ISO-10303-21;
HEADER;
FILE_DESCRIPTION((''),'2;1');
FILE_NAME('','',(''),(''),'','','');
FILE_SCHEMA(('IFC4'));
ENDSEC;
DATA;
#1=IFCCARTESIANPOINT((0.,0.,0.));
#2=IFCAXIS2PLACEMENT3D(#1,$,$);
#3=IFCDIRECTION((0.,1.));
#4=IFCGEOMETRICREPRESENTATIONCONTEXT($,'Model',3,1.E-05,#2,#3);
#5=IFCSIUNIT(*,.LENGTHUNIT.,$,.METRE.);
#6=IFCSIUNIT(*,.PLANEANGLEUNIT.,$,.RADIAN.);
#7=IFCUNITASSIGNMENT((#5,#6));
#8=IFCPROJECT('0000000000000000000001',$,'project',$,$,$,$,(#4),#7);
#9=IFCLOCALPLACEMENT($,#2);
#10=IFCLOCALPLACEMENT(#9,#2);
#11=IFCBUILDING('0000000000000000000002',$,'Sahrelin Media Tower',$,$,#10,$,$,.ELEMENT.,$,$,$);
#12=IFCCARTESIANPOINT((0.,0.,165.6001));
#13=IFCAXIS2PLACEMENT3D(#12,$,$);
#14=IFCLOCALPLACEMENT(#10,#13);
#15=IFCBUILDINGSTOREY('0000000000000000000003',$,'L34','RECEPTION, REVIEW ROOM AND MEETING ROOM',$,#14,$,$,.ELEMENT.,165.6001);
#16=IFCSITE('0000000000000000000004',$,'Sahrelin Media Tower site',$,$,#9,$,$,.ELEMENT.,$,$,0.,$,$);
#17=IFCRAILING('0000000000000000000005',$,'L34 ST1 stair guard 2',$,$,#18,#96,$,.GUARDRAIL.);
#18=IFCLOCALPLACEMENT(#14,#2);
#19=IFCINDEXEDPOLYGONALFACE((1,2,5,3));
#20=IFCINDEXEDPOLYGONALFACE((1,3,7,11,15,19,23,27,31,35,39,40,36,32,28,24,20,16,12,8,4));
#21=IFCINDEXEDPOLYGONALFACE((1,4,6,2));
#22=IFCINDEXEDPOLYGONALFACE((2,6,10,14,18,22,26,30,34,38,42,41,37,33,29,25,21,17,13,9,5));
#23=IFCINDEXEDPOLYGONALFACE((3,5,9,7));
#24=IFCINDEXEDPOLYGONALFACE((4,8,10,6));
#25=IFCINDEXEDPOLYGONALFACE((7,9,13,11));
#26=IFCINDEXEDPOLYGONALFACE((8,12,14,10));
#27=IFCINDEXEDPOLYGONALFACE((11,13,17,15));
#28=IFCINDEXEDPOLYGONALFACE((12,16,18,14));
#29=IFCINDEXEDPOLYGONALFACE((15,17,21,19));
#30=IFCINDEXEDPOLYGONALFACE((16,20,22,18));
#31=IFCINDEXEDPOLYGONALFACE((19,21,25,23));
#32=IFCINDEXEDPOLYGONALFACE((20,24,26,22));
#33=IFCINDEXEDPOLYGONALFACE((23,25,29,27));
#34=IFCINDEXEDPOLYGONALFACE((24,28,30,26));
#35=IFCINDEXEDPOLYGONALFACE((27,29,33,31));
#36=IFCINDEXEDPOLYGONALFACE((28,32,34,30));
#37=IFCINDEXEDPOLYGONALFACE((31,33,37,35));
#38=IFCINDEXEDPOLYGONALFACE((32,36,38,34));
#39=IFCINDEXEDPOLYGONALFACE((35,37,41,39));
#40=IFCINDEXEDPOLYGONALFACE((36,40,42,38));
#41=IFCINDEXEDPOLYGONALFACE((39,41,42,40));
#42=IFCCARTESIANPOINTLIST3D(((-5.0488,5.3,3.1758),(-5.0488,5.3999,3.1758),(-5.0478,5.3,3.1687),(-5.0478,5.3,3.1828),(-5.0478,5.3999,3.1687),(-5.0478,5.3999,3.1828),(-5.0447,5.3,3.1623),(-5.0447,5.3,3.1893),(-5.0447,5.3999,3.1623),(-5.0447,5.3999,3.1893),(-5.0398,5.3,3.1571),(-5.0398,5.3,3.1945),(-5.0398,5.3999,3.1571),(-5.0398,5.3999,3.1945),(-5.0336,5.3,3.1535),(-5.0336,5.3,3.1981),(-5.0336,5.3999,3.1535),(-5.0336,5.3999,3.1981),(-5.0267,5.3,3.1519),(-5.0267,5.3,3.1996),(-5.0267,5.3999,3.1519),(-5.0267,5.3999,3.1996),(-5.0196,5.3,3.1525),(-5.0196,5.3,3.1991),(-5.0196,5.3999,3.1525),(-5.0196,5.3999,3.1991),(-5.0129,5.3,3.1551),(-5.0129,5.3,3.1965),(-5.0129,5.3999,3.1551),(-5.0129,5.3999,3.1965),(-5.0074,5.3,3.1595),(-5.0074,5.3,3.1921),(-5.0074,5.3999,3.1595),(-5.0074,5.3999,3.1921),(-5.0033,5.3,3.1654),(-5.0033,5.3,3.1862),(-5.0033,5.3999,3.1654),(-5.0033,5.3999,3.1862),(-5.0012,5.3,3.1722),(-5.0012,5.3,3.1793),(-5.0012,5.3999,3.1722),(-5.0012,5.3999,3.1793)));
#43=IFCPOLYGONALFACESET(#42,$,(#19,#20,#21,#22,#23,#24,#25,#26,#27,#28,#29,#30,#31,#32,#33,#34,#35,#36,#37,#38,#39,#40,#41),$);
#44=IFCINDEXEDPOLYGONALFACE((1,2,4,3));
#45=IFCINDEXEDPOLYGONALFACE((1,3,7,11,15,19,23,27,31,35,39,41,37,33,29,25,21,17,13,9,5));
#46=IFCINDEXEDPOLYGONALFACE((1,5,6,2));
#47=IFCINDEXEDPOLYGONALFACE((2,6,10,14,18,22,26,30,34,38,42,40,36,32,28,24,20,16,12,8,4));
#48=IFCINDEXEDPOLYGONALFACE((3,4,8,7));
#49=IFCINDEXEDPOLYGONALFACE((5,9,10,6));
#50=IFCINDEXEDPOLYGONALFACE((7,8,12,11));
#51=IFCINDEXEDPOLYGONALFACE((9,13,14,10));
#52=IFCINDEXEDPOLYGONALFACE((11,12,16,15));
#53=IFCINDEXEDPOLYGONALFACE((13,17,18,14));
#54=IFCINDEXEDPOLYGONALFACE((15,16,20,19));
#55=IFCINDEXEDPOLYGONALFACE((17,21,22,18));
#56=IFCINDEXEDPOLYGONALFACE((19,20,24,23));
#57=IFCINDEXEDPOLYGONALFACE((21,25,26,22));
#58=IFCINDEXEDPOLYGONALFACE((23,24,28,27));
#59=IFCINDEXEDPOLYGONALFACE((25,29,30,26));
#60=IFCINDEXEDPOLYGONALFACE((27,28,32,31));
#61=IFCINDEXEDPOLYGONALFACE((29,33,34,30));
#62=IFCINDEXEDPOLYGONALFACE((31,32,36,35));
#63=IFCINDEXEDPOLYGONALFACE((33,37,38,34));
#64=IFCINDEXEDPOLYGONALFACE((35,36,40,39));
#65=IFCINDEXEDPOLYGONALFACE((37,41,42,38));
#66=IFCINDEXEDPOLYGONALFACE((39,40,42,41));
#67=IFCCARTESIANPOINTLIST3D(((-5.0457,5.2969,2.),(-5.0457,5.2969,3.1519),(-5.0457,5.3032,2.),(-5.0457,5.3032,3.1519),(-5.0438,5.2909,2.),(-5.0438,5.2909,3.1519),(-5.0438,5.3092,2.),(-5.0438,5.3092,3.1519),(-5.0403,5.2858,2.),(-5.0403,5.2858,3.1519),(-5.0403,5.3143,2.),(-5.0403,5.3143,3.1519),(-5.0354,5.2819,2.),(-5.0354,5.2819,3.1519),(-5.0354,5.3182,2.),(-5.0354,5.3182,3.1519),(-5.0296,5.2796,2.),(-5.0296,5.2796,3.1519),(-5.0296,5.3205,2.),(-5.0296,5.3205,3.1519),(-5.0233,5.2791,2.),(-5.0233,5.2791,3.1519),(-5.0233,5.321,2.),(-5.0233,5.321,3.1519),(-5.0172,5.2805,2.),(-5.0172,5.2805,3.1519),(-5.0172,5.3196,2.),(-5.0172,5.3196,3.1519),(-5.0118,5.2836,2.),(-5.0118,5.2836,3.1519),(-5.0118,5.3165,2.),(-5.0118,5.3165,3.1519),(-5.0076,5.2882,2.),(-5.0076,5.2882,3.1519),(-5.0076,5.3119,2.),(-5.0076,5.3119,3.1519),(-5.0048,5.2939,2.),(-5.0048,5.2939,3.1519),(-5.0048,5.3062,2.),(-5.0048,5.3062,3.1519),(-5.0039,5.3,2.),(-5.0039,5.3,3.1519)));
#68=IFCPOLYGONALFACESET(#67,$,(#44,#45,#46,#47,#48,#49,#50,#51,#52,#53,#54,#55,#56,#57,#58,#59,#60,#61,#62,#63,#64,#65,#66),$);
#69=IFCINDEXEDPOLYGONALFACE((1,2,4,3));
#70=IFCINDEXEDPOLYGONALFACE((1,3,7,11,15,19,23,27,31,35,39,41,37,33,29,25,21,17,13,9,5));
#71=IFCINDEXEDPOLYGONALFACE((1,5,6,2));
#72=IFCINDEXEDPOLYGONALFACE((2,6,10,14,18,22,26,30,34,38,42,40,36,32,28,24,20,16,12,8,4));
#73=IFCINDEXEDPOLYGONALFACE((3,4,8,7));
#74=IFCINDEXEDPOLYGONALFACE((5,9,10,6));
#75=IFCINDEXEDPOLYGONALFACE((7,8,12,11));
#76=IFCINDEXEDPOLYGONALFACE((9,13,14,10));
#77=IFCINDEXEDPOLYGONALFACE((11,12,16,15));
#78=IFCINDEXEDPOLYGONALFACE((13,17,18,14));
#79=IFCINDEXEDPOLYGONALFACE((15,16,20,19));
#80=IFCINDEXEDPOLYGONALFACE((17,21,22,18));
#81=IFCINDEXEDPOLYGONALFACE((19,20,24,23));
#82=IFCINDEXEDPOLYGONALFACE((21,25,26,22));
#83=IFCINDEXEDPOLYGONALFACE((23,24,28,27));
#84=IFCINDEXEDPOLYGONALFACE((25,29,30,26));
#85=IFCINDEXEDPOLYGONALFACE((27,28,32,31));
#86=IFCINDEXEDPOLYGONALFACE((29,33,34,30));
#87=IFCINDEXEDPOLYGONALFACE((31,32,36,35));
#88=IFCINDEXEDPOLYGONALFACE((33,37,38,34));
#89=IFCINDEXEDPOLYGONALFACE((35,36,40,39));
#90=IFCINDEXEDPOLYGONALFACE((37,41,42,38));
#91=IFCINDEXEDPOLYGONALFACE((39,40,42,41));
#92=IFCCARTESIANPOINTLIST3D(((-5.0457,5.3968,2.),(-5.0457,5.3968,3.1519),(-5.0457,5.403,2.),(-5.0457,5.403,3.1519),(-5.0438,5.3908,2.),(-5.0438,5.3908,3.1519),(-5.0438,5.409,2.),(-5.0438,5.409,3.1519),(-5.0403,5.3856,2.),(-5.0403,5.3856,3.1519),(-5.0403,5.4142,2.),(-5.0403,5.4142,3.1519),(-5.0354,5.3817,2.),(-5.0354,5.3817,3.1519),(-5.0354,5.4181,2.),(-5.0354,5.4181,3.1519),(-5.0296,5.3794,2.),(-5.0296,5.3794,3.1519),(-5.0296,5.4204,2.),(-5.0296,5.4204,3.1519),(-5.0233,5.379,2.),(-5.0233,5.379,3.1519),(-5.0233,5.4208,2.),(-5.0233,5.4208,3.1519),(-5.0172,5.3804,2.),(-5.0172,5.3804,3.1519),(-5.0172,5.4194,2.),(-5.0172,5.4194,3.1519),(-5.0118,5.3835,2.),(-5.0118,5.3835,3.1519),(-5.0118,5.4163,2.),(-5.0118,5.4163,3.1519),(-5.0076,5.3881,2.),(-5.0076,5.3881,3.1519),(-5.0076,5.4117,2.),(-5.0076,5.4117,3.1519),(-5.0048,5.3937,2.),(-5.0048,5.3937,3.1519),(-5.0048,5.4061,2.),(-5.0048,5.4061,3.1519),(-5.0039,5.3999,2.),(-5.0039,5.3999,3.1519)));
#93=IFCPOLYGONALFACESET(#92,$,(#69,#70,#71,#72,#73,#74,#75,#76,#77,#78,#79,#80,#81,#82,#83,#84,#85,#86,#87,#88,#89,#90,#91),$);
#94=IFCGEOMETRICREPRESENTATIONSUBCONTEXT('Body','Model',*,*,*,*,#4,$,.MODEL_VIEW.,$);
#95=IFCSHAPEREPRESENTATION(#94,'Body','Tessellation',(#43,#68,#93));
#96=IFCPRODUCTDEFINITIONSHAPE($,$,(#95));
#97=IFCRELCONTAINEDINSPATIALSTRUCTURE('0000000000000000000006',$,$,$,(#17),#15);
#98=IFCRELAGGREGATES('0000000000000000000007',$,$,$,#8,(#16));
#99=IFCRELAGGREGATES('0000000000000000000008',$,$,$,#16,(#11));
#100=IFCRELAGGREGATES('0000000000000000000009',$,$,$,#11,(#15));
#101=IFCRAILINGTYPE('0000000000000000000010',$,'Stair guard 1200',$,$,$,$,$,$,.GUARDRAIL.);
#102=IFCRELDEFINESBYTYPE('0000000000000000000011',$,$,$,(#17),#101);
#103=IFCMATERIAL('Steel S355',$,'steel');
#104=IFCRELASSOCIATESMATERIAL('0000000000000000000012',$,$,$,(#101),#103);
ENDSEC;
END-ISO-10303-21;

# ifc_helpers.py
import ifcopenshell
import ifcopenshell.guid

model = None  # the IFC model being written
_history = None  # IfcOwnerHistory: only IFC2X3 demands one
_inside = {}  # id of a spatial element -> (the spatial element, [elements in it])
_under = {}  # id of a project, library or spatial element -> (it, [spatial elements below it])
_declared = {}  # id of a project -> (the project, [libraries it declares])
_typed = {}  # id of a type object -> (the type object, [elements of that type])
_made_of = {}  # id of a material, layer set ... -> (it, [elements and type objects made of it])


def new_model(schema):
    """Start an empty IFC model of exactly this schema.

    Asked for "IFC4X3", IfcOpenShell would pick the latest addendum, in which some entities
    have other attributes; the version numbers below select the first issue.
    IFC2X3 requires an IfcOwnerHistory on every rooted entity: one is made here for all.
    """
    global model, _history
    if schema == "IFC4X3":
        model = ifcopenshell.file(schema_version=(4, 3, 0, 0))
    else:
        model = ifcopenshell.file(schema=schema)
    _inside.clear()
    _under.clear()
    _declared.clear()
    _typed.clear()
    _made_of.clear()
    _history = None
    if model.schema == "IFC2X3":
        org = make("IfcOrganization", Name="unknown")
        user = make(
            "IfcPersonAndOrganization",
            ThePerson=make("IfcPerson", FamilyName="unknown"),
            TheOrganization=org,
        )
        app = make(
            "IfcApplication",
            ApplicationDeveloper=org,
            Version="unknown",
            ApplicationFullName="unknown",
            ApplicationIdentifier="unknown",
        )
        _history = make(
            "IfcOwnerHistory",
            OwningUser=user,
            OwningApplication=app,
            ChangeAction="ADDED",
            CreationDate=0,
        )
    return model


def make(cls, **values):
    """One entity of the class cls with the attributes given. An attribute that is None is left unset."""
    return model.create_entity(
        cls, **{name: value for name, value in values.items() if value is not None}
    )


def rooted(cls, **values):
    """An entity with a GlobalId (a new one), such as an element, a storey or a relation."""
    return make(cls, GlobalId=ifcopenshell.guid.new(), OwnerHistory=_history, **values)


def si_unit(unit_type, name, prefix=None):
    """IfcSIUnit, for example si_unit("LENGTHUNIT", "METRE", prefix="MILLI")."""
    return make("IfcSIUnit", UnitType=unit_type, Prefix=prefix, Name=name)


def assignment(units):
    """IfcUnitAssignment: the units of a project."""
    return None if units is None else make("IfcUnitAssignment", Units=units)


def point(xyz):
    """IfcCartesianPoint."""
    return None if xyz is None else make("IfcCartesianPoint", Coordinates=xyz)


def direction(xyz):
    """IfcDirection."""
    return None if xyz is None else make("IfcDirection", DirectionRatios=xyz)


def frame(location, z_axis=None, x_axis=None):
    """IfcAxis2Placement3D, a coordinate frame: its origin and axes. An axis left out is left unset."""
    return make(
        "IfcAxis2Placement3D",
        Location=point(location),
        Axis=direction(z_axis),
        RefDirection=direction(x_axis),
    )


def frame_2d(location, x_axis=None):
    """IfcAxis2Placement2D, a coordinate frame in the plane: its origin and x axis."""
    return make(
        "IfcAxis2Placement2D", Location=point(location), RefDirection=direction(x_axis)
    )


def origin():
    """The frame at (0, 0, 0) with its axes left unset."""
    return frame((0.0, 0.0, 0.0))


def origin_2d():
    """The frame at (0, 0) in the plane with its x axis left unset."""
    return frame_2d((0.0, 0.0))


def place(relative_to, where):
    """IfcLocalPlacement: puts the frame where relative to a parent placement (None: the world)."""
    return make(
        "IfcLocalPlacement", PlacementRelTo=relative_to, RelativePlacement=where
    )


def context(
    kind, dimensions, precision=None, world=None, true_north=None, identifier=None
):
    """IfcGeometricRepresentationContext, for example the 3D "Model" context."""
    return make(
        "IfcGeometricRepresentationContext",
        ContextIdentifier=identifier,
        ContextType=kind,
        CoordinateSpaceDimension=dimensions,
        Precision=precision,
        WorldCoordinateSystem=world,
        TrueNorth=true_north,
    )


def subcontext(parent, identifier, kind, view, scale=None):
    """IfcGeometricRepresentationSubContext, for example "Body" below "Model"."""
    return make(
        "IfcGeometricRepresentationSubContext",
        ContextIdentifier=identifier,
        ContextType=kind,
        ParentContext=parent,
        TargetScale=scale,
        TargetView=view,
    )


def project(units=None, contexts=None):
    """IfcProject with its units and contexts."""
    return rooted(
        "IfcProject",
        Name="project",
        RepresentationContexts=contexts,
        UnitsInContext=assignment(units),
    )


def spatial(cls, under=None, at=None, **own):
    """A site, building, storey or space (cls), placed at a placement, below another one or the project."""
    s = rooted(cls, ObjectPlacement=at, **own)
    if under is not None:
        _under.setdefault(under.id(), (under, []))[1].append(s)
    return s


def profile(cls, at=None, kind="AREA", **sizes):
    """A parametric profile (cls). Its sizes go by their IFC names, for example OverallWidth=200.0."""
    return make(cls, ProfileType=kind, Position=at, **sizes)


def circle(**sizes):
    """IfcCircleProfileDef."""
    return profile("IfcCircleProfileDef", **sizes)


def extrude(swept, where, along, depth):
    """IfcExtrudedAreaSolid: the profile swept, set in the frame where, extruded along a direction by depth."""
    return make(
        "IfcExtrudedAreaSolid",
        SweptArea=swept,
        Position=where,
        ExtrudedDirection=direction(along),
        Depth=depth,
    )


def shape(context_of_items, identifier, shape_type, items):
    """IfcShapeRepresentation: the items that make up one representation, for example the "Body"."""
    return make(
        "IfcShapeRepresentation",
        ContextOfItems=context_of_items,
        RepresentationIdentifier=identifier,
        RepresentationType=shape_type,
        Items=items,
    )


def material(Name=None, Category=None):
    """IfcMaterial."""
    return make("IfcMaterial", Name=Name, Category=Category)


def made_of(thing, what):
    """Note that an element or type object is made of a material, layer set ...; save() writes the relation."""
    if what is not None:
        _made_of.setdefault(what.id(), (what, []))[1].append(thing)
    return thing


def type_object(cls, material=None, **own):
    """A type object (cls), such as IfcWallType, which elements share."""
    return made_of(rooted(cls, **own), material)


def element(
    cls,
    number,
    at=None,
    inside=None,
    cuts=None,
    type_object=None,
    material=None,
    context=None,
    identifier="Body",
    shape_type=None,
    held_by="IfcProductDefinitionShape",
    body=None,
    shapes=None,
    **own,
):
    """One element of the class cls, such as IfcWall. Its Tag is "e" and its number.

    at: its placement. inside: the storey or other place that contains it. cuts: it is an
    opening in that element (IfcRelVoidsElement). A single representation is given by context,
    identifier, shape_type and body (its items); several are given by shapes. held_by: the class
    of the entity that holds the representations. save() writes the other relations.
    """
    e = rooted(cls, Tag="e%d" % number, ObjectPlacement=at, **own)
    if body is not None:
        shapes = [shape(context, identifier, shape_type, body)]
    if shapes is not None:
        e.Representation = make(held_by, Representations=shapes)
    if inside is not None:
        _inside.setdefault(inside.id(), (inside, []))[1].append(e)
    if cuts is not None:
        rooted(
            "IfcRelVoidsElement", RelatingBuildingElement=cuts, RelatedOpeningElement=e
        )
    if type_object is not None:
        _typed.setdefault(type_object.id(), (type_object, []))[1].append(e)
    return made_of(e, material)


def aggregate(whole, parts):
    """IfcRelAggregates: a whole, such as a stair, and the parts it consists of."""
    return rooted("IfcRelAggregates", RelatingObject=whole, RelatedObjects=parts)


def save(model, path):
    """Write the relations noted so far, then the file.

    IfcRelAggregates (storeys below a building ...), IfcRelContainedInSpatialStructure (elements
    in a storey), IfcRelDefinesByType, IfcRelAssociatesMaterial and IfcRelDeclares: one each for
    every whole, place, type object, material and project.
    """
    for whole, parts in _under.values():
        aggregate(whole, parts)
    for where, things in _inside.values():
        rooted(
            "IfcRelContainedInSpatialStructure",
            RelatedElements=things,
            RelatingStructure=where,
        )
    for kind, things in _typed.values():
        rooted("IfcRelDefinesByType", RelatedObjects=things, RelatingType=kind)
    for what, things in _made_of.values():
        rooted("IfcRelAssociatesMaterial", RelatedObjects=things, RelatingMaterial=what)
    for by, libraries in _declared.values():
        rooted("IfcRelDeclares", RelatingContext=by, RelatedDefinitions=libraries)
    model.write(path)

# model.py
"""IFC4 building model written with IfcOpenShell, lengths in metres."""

from ifc_helpers import new_model, si_unit, direction, frame, origin, origin_2d, place, context, subcontext, project, spatial, circle, extrude, material, type_object, element, save


model = new_model("IFC4")

# Units and contexts
model_context = context("Model", 3, precision=1e-05, world=origin(), true_north=direction((0.0, 1.0)))
body_context = subcontext(model_context, "Body", "Model", "MODEL_VIEW")
ifc_project = project(units=[si_unit("LENGTHUNIT", "METRE"), si_unit("PLANEANGLEUNIT", "RADIAN")], contexts=[model_context])

# Site, building, storey
site_placement = place(None, origin())
site = spatial("IfcSite", under=ifc_project, at=site_placement, Name="Sahrelin Media Tower site", CompositionType="ELEMENT", RefElevation=0.0)
building_placement = place(site_placement, origin())
building = spatial("IfcBuilding", under=site, at=building_placement, Name="Sahrelin Media Tower", CompositionType="ELEMENT")
storey_placement = place(building_placement, frame((0.0, 0.0, 165.6001)))
storey = spatial("IfcBuildingStorey", under=building, at=storey_placement, Name="L34", Description="RECEPTION, REVIEW ROOM AND MEETING ROOM", CompositionType="ELEMENT", Elevation=165.6001)

# Shared definitions
ifc_material_1 = material(Name="Steel S355", Category="steel")

# Railing
railing_type_1 = type_object("IfcRailingType", Name="Stair guard 1200", PredefinedType="GUARDRAIL", material=ifc_material_1)
railing_1_placement = place(storey_placement, frame((-5.0249, 5.3, 2.0)))
element("IfcRailing", 1, at=railing_1_placement, inside=storey, type_object=railing_type_1, Name="L34 ST1 stair guard 2", PredefinedType="GUARDRAIL", context=body_context, shape_type="SweptSolid", body=[
    extrude(circle(Radius=0.0239, at=origin_2d()), frame((0.0, 0.0, 1.1758), z_axis=(0.0, 1.0, 0.0), x_axis=(-1.0, 0.0, 0.0)), (0.0, 0.0, 1.0), 0.0999),
    extrude(circle(Radius=0.021, at=origin_2d()), origin(), (0.0, 0.0, 1.0), 1.1519),
    extrude(circle(Radius=0.021, at=origin_2d()), frame((0.0, 0.0999, 0.0)), (0.0, 0.0, 1.0), 1.1519),
])

save(model, "model.ifc")
